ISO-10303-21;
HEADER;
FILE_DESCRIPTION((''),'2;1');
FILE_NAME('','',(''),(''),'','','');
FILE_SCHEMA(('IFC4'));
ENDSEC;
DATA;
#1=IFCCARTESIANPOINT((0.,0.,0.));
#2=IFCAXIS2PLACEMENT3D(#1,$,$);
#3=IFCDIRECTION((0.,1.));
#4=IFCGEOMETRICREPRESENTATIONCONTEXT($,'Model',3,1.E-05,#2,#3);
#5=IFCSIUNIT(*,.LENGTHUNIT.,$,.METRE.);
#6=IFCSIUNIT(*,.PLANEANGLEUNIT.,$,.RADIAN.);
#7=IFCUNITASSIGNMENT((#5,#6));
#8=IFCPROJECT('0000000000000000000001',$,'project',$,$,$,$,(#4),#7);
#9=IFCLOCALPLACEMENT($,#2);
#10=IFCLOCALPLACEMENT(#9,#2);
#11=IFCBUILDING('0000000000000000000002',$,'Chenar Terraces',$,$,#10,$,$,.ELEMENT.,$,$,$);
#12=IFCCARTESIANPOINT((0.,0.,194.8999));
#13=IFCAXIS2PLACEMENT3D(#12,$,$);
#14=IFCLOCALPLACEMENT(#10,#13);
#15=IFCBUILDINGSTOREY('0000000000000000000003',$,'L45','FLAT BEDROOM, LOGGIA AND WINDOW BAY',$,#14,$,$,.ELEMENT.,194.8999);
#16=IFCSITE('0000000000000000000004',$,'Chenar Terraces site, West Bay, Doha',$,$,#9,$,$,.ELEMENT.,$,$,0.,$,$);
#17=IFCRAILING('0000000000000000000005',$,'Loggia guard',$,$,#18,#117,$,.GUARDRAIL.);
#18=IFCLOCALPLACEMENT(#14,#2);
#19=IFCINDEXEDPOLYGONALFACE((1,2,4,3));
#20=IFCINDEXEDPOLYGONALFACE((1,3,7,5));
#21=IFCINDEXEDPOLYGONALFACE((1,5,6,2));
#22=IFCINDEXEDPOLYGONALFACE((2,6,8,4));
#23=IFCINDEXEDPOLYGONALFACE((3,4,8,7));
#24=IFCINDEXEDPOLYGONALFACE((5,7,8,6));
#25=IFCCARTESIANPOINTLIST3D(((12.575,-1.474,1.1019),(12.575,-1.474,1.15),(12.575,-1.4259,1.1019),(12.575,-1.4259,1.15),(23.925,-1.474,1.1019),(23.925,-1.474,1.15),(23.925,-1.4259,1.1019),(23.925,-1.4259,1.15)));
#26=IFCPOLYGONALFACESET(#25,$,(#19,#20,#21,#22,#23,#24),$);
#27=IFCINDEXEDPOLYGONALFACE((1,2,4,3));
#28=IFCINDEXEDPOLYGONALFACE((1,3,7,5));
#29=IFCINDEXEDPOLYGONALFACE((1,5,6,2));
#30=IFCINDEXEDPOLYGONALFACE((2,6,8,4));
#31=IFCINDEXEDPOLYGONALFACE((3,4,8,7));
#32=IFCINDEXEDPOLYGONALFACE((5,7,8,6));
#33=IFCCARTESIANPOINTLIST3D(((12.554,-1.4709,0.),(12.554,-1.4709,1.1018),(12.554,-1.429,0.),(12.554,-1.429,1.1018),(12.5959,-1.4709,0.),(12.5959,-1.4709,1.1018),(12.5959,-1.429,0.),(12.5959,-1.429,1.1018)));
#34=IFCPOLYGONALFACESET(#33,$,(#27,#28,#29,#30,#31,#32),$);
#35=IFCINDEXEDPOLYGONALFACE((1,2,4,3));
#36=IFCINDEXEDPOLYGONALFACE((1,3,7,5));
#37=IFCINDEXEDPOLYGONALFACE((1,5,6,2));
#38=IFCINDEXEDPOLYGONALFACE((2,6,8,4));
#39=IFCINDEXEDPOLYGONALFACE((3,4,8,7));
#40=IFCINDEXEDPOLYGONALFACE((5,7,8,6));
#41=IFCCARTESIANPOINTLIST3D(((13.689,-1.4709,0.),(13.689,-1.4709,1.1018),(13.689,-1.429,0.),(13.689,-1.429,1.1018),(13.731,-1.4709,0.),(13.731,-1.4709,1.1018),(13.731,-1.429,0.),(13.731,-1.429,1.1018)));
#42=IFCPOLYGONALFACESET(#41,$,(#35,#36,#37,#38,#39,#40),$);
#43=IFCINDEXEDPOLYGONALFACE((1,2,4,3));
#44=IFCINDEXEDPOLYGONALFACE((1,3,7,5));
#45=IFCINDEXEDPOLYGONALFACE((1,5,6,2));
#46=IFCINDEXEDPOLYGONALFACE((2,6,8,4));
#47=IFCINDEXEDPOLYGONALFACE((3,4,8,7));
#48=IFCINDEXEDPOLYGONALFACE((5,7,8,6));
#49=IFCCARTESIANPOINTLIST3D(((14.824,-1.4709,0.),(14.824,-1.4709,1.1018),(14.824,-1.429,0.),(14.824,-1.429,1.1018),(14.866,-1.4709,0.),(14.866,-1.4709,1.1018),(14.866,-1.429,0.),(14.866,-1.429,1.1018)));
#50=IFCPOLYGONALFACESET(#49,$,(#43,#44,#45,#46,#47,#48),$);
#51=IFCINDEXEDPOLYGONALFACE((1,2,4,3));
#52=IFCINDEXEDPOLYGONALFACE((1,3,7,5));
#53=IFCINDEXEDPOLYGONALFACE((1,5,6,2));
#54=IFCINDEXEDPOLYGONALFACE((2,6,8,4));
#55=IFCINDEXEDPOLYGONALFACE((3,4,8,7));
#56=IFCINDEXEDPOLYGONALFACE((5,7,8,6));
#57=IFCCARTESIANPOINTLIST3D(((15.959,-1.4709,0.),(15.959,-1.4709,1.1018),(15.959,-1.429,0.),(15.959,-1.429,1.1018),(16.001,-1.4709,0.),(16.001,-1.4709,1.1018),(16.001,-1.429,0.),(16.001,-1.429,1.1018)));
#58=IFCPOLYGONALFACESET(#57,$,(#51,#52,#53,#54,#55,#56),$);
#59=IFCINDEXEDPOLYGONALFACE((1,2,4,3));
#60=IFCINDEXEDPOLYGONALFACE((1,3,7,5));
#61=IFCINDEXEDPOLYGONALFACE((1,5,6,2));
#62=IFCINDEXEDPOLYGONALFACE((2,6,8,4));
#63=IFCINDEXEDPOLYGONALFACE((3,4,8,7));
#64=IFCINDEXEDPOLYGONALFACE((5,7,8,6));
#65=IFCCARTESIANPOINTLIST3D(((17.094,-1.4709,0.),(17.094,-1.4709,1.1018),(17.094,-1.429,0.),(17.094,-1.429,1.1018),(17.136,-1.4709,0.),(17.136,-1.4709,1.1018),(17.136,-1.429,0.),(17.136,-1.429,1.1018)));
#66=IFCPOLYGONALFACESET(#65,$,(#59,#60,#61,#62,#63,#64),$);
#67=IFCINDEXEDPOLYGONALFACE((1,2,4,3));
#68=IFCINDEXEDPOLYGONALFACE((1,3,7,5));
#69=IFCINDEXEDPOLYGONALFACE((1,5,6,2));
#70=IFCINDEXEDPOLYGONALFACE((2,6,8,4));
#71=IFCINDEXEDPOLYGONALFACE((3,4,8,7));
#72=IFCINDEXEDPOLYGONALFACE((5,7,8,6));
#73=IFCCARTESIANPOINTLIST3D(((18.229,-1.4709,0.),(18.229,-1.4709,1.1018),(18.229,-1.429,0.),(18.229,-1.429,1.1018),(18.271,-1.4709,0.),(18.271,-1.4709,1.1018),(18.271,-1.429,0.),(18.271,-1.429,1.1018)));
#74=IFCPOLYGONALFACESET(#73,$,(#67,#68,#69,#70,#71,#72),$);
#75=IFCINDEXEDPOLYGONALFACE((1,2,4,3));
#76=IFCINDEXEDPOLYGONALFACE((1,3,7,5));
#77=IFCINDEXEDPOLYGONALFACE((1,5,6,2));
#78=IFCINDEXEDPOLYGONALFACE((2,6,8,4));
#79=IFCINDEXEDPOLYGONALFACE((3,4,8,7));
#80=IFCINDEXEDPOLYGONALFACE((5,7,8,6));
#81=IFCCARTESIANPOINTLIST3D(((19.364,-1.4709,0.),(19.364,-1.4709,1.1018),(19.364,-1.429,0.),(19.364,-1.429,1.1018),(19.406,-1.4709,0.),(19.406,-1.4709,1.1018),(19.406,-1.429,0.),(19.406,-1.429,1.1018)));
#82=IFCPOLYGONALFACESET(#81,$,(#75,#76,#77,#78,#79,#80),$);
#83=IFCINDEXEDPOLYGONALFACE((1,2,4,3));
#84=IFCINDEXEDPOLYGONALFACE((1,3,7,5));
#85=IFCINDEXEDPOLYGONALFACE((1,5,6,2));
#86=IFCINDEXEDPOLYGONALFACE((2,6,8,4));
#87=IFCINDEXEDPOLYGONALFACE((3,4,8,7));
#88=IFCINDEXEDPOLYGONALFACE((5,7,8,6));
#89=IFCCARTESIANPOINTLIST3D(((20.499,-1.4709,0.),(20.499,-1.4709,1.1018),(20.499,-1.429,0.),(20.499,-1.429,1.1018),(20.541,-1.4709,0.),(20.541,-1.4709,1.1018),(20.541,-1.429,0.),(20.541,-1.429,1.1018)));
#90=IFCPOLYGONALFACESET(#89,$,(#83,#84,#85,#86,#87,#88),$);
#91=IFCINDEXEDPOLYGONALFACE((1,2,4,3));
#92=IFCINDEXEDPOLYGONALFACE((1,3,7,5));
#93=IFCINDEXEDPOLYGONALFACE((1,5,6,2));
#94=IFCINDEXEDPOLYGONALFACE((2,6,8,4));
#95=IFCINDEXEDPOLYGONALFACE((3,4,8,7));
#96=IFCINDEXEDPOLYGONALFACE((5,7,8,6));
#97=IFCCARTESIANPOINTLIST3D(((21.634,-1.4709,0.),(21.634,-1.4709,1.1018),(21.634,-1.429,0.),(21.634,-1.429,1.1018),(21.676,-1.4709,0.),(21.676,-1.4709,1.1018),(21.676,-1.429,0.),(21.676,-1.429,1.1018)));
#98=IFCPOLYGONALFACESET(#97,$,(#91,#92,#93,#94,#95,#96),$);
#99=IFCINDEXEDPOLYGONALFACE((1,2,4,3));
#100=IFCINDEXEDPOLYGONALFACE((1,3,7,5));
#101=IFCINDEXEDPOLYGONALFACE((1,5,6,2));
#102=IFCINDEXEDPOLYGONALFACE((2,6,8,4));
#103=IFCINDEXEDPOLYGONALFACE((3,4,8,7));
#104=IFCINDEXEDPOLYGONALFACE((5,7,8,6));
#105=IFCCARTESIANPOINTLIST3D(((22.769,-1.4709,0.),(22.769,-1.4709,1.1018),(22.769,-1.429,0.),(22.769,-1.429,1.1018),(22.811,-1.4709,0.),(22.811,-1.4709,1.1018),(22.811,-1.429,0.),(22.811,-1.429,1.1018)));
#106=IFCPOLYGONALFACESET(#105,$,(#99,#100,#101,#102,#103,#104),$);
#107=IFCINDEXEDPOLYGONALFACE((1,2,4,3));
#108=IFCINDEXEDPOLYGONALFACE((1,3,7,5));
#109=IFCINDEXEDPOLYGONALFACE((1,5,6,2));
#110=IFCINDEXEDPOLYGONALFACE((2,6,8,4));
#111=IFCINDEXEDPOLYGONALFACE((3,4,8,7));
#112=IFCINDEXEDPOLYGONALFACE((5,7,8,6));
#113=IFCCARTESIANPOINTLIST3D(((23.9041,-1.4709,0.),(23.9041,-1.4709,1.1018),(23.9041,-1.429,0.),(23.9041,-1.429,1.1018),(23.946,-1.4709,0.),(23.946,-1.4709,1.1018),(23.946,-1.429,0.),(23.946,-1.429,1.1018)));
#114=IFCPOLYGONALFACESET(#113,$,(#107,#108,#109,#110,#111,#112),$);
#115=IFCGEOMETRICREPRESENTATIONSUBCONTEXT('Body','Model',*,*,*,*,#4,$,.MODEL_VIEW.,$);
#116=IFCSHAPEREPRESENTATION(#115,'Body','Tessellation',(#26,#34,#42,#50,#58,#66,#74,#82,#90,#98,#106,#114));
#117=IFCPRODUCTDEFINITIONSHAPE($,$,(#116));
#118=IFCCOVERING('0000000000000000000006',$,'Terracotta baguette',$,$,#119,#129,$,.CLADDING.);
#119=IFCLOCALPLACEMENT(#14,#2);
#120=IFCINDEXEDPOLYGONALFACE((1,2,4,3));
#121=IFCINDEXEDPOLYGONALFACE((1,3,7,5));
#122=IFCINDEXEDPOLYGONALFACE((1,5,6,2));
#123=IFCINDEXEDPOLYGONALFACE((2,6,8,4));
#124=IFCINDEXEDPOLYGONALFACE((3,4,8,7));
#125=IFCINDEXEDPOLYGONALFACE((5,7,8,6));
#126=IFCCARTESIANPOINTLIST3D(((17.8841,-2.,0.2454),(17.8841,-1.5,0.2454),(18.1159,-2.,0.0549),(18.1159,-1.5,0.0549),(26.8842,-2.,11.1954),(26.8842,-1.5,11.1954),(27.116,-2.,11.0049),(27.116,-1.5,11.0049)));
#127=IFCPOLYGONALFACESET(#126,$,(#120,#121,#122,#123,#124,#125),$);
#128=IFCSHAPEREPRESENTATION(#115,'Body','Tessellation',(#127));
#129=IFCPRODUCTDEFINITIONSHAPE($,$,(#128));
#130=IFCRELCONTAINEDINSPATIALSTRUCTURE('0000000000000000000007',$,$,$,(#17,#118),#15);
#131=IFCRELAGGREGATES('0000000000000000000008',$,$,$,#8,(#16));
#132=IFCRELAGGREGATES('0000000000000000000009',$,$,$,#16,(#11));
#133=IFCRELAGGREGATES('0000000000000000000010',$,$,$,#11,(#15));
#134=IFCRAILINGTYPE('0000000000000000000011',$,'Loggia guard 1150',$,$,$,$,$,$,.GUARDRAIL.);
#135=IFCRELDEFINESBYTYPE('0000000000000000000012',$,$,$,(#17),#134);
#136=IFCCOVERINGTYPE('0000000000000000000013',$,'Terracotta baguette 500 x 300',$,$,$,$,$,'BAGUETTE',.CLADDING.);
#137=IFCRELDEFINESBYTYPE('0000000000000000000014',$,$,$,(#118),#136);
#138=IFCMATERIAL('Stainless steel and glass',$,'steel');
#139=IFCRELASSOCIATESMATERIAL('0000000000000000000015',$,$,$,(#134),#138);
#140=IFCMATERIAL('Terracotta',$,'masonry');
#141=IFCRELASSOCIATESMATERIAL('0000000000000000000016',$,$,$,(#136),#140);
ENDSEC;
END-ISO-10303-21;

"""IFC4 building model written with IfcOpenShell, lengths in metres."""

from ifc_helpers import new_model, si_unit, direction, frame, origin, origin_2d, place, context, subcontext, project, spatial, rectangle, extrude, material, material_profile, profile_set, type_object, element, save


model = new_model("IFC4")

# Units and contexts
model_context = context("Model", 3, precision=1e-05, world=origin(), true_north=direction((0.0, 1.0)))
body_context = subcontext(model_context, "Body", "Model", "MODEL_VIEW")
ifc_project = project(units=[si_unit("LENGTHUNIT", "METRE"), si_unit("PLANEANGLEUNIT", "RADIAN")], contexts=[model_context])

# Site, building, storey
site_placement = place(None, origin())
site = spatial("IfcSite", under=ifc_project, at=site_placement, Name="Chenar Terraces site, West Bay, Doha", CompositionType="ELEMENT", RefElevation=0.0)
building_placement = place(site_placement, origin())
building = spatial("IfcBuilding", under=site, at=building_placement, Name="Chenar Terraces", CompositionType="ELEMENT")
storey_placement = place(building_placement, frame((0.0, 0.0, 194.8999)))
storey = spatial("IfcBuildingStorey", under=building, at=storey_placement, Name="L45", Description="FLAT BEDROOM, LOGGIA AND WINDOW BAY", CompositionType="ELEMENT", Elevation=194.8999)

# Railing
ifc_material_1 = material(Name="Stainless steel and glass", Category="steel")
railing_type = type_object("IfcRailingType", Name="Loggia guard 1150", PredefinedType="GUARDRAIL", material=ifc_material_1)
railing_placement = place(storey_placement, frame((12.575, -1.45, 0.0)))
element("IfcRailing", 1, at=railing_placement, inside=storey, type_object=railing_type, Name="Loggia guard", PredefinedType="GUARDRAIL", context=body_context, shape_type="SweptSolid", body=[
    extrude(rectangle(XDim=0.0481, YDim=0.0481, at=origin_2d()), frame((0.0, 0.0, 1.126), z_axis=(1.0, 0.0, 0.0), x_axis=(0.0, 1.0, 0.0)), (0.0, 0.0, 1.0), 11.3501),
    extrude(rectangle(XDim=0.042, YDim=0.042, at=origin_2d()), origin(), (0.0, 0.0, 1.0), 1.1018),
    extrude(rectangle(XDim=0.042, YDim=0.042, at=origin_2d()), frame((1.135, 0.0, 0.0)), (0.0, 0.0, 1.0), 1.1018),
    extrude(rectangle(XDim=0.042, YDim=0.042, at=origin_2d()), frame((2.27, 0.0, 0.0)), (0.0, 0.0, 1.0), 1.1018),
    extrude(rectangle(XDim=0.042, YDim=0.042, at=origin_2d()), frame((3.405, 0.0, 0.0)), (0.0, 0.0, 1.0), 1.1018),
    extrude(rectangle(XDim=0.042, YDim=0.042, at=origin_2d()), frame((4.54, 0.0, 0.0)), (0.0, 0.0, 1.0), 1.1018),
    extrude(rectangle(XDim=0.042, YDim=0.042, at=origin_2d()), frame((5.675, 0.0, 0.0)), (0.0, 0.0, 1.0), 1.1018),
    extrude(rectangle(XDim=0.042, YDim=0.042, at=origin_2d()), frame((6.8101, 0.0, 0.0)), (0.0, 0.0, 1.0), 1.1018),
    extrude(rectangle(XDim=0.042, YDim=0.042, at=origin_2d()), frame((7.9451, 0.0, 0.0)), (0.0, 0.0, 1.0), 1.1018),
    extrude(rectangle(XDim=0.042, YDim=0.042, at=origin_2d()), frame((9.0801, 0.0, 0.0)), (0.0, 0.0, 1.0), 1.1018),
    extrude(rectangle(XDim=0.042, YDim=0.042, at=origin_2d()), frame((10.2151, 0.0, 0.0)), (0.0, 0.0, 1.0), 1.1018),
    extrude(rectangle(XDim=0.042, YDim=0.042, at=origin_2d()), frame((11.3501, 0.0, 0.0)), (0.0, 0.0, 1.0), 1.1018),
])

# Covering
ifc_material_2 = material(Name="Terracotta", Category="masonry")
ifc_material_profile_1 = material_profile(ifc_material_2, rectangle(XDim=0.5, YDim=0.3, at=origin_2d()), Name="Terracotta baguette 500 x 300")
ifc_profile_set_1 = profile_set([ifc_material_profile_1], Name="Terracotta")
covering_type = type_object("IfcCoveringType", Name="Terracotta baguette 500 x 300", ElementType="BAGUETTE", PredefinedType="CLADDING", material=ifc_profile_set_1)
covering_placement = place(storey_placement, frame((18.0, -1.75, 0.1501), z_axis=(0.634967, 0.0, 0.772539), x_axis=(0.0, 1.0, 0.0)))
element("IfcCovering", 2, at=covering_placement, inside=storey, type_object=covering_type, Name="Terracotta baguette", PredefinedType="CLADDING", context=body_context, shape_type="SweptSolid", body=[
    extrude(rectangle(XDim=0.5, YDim=0.3, at=origin_2d()), origin(), (0.0, 0.0, 1.0), 14.1741),
])

save(model, "model.ifc")
